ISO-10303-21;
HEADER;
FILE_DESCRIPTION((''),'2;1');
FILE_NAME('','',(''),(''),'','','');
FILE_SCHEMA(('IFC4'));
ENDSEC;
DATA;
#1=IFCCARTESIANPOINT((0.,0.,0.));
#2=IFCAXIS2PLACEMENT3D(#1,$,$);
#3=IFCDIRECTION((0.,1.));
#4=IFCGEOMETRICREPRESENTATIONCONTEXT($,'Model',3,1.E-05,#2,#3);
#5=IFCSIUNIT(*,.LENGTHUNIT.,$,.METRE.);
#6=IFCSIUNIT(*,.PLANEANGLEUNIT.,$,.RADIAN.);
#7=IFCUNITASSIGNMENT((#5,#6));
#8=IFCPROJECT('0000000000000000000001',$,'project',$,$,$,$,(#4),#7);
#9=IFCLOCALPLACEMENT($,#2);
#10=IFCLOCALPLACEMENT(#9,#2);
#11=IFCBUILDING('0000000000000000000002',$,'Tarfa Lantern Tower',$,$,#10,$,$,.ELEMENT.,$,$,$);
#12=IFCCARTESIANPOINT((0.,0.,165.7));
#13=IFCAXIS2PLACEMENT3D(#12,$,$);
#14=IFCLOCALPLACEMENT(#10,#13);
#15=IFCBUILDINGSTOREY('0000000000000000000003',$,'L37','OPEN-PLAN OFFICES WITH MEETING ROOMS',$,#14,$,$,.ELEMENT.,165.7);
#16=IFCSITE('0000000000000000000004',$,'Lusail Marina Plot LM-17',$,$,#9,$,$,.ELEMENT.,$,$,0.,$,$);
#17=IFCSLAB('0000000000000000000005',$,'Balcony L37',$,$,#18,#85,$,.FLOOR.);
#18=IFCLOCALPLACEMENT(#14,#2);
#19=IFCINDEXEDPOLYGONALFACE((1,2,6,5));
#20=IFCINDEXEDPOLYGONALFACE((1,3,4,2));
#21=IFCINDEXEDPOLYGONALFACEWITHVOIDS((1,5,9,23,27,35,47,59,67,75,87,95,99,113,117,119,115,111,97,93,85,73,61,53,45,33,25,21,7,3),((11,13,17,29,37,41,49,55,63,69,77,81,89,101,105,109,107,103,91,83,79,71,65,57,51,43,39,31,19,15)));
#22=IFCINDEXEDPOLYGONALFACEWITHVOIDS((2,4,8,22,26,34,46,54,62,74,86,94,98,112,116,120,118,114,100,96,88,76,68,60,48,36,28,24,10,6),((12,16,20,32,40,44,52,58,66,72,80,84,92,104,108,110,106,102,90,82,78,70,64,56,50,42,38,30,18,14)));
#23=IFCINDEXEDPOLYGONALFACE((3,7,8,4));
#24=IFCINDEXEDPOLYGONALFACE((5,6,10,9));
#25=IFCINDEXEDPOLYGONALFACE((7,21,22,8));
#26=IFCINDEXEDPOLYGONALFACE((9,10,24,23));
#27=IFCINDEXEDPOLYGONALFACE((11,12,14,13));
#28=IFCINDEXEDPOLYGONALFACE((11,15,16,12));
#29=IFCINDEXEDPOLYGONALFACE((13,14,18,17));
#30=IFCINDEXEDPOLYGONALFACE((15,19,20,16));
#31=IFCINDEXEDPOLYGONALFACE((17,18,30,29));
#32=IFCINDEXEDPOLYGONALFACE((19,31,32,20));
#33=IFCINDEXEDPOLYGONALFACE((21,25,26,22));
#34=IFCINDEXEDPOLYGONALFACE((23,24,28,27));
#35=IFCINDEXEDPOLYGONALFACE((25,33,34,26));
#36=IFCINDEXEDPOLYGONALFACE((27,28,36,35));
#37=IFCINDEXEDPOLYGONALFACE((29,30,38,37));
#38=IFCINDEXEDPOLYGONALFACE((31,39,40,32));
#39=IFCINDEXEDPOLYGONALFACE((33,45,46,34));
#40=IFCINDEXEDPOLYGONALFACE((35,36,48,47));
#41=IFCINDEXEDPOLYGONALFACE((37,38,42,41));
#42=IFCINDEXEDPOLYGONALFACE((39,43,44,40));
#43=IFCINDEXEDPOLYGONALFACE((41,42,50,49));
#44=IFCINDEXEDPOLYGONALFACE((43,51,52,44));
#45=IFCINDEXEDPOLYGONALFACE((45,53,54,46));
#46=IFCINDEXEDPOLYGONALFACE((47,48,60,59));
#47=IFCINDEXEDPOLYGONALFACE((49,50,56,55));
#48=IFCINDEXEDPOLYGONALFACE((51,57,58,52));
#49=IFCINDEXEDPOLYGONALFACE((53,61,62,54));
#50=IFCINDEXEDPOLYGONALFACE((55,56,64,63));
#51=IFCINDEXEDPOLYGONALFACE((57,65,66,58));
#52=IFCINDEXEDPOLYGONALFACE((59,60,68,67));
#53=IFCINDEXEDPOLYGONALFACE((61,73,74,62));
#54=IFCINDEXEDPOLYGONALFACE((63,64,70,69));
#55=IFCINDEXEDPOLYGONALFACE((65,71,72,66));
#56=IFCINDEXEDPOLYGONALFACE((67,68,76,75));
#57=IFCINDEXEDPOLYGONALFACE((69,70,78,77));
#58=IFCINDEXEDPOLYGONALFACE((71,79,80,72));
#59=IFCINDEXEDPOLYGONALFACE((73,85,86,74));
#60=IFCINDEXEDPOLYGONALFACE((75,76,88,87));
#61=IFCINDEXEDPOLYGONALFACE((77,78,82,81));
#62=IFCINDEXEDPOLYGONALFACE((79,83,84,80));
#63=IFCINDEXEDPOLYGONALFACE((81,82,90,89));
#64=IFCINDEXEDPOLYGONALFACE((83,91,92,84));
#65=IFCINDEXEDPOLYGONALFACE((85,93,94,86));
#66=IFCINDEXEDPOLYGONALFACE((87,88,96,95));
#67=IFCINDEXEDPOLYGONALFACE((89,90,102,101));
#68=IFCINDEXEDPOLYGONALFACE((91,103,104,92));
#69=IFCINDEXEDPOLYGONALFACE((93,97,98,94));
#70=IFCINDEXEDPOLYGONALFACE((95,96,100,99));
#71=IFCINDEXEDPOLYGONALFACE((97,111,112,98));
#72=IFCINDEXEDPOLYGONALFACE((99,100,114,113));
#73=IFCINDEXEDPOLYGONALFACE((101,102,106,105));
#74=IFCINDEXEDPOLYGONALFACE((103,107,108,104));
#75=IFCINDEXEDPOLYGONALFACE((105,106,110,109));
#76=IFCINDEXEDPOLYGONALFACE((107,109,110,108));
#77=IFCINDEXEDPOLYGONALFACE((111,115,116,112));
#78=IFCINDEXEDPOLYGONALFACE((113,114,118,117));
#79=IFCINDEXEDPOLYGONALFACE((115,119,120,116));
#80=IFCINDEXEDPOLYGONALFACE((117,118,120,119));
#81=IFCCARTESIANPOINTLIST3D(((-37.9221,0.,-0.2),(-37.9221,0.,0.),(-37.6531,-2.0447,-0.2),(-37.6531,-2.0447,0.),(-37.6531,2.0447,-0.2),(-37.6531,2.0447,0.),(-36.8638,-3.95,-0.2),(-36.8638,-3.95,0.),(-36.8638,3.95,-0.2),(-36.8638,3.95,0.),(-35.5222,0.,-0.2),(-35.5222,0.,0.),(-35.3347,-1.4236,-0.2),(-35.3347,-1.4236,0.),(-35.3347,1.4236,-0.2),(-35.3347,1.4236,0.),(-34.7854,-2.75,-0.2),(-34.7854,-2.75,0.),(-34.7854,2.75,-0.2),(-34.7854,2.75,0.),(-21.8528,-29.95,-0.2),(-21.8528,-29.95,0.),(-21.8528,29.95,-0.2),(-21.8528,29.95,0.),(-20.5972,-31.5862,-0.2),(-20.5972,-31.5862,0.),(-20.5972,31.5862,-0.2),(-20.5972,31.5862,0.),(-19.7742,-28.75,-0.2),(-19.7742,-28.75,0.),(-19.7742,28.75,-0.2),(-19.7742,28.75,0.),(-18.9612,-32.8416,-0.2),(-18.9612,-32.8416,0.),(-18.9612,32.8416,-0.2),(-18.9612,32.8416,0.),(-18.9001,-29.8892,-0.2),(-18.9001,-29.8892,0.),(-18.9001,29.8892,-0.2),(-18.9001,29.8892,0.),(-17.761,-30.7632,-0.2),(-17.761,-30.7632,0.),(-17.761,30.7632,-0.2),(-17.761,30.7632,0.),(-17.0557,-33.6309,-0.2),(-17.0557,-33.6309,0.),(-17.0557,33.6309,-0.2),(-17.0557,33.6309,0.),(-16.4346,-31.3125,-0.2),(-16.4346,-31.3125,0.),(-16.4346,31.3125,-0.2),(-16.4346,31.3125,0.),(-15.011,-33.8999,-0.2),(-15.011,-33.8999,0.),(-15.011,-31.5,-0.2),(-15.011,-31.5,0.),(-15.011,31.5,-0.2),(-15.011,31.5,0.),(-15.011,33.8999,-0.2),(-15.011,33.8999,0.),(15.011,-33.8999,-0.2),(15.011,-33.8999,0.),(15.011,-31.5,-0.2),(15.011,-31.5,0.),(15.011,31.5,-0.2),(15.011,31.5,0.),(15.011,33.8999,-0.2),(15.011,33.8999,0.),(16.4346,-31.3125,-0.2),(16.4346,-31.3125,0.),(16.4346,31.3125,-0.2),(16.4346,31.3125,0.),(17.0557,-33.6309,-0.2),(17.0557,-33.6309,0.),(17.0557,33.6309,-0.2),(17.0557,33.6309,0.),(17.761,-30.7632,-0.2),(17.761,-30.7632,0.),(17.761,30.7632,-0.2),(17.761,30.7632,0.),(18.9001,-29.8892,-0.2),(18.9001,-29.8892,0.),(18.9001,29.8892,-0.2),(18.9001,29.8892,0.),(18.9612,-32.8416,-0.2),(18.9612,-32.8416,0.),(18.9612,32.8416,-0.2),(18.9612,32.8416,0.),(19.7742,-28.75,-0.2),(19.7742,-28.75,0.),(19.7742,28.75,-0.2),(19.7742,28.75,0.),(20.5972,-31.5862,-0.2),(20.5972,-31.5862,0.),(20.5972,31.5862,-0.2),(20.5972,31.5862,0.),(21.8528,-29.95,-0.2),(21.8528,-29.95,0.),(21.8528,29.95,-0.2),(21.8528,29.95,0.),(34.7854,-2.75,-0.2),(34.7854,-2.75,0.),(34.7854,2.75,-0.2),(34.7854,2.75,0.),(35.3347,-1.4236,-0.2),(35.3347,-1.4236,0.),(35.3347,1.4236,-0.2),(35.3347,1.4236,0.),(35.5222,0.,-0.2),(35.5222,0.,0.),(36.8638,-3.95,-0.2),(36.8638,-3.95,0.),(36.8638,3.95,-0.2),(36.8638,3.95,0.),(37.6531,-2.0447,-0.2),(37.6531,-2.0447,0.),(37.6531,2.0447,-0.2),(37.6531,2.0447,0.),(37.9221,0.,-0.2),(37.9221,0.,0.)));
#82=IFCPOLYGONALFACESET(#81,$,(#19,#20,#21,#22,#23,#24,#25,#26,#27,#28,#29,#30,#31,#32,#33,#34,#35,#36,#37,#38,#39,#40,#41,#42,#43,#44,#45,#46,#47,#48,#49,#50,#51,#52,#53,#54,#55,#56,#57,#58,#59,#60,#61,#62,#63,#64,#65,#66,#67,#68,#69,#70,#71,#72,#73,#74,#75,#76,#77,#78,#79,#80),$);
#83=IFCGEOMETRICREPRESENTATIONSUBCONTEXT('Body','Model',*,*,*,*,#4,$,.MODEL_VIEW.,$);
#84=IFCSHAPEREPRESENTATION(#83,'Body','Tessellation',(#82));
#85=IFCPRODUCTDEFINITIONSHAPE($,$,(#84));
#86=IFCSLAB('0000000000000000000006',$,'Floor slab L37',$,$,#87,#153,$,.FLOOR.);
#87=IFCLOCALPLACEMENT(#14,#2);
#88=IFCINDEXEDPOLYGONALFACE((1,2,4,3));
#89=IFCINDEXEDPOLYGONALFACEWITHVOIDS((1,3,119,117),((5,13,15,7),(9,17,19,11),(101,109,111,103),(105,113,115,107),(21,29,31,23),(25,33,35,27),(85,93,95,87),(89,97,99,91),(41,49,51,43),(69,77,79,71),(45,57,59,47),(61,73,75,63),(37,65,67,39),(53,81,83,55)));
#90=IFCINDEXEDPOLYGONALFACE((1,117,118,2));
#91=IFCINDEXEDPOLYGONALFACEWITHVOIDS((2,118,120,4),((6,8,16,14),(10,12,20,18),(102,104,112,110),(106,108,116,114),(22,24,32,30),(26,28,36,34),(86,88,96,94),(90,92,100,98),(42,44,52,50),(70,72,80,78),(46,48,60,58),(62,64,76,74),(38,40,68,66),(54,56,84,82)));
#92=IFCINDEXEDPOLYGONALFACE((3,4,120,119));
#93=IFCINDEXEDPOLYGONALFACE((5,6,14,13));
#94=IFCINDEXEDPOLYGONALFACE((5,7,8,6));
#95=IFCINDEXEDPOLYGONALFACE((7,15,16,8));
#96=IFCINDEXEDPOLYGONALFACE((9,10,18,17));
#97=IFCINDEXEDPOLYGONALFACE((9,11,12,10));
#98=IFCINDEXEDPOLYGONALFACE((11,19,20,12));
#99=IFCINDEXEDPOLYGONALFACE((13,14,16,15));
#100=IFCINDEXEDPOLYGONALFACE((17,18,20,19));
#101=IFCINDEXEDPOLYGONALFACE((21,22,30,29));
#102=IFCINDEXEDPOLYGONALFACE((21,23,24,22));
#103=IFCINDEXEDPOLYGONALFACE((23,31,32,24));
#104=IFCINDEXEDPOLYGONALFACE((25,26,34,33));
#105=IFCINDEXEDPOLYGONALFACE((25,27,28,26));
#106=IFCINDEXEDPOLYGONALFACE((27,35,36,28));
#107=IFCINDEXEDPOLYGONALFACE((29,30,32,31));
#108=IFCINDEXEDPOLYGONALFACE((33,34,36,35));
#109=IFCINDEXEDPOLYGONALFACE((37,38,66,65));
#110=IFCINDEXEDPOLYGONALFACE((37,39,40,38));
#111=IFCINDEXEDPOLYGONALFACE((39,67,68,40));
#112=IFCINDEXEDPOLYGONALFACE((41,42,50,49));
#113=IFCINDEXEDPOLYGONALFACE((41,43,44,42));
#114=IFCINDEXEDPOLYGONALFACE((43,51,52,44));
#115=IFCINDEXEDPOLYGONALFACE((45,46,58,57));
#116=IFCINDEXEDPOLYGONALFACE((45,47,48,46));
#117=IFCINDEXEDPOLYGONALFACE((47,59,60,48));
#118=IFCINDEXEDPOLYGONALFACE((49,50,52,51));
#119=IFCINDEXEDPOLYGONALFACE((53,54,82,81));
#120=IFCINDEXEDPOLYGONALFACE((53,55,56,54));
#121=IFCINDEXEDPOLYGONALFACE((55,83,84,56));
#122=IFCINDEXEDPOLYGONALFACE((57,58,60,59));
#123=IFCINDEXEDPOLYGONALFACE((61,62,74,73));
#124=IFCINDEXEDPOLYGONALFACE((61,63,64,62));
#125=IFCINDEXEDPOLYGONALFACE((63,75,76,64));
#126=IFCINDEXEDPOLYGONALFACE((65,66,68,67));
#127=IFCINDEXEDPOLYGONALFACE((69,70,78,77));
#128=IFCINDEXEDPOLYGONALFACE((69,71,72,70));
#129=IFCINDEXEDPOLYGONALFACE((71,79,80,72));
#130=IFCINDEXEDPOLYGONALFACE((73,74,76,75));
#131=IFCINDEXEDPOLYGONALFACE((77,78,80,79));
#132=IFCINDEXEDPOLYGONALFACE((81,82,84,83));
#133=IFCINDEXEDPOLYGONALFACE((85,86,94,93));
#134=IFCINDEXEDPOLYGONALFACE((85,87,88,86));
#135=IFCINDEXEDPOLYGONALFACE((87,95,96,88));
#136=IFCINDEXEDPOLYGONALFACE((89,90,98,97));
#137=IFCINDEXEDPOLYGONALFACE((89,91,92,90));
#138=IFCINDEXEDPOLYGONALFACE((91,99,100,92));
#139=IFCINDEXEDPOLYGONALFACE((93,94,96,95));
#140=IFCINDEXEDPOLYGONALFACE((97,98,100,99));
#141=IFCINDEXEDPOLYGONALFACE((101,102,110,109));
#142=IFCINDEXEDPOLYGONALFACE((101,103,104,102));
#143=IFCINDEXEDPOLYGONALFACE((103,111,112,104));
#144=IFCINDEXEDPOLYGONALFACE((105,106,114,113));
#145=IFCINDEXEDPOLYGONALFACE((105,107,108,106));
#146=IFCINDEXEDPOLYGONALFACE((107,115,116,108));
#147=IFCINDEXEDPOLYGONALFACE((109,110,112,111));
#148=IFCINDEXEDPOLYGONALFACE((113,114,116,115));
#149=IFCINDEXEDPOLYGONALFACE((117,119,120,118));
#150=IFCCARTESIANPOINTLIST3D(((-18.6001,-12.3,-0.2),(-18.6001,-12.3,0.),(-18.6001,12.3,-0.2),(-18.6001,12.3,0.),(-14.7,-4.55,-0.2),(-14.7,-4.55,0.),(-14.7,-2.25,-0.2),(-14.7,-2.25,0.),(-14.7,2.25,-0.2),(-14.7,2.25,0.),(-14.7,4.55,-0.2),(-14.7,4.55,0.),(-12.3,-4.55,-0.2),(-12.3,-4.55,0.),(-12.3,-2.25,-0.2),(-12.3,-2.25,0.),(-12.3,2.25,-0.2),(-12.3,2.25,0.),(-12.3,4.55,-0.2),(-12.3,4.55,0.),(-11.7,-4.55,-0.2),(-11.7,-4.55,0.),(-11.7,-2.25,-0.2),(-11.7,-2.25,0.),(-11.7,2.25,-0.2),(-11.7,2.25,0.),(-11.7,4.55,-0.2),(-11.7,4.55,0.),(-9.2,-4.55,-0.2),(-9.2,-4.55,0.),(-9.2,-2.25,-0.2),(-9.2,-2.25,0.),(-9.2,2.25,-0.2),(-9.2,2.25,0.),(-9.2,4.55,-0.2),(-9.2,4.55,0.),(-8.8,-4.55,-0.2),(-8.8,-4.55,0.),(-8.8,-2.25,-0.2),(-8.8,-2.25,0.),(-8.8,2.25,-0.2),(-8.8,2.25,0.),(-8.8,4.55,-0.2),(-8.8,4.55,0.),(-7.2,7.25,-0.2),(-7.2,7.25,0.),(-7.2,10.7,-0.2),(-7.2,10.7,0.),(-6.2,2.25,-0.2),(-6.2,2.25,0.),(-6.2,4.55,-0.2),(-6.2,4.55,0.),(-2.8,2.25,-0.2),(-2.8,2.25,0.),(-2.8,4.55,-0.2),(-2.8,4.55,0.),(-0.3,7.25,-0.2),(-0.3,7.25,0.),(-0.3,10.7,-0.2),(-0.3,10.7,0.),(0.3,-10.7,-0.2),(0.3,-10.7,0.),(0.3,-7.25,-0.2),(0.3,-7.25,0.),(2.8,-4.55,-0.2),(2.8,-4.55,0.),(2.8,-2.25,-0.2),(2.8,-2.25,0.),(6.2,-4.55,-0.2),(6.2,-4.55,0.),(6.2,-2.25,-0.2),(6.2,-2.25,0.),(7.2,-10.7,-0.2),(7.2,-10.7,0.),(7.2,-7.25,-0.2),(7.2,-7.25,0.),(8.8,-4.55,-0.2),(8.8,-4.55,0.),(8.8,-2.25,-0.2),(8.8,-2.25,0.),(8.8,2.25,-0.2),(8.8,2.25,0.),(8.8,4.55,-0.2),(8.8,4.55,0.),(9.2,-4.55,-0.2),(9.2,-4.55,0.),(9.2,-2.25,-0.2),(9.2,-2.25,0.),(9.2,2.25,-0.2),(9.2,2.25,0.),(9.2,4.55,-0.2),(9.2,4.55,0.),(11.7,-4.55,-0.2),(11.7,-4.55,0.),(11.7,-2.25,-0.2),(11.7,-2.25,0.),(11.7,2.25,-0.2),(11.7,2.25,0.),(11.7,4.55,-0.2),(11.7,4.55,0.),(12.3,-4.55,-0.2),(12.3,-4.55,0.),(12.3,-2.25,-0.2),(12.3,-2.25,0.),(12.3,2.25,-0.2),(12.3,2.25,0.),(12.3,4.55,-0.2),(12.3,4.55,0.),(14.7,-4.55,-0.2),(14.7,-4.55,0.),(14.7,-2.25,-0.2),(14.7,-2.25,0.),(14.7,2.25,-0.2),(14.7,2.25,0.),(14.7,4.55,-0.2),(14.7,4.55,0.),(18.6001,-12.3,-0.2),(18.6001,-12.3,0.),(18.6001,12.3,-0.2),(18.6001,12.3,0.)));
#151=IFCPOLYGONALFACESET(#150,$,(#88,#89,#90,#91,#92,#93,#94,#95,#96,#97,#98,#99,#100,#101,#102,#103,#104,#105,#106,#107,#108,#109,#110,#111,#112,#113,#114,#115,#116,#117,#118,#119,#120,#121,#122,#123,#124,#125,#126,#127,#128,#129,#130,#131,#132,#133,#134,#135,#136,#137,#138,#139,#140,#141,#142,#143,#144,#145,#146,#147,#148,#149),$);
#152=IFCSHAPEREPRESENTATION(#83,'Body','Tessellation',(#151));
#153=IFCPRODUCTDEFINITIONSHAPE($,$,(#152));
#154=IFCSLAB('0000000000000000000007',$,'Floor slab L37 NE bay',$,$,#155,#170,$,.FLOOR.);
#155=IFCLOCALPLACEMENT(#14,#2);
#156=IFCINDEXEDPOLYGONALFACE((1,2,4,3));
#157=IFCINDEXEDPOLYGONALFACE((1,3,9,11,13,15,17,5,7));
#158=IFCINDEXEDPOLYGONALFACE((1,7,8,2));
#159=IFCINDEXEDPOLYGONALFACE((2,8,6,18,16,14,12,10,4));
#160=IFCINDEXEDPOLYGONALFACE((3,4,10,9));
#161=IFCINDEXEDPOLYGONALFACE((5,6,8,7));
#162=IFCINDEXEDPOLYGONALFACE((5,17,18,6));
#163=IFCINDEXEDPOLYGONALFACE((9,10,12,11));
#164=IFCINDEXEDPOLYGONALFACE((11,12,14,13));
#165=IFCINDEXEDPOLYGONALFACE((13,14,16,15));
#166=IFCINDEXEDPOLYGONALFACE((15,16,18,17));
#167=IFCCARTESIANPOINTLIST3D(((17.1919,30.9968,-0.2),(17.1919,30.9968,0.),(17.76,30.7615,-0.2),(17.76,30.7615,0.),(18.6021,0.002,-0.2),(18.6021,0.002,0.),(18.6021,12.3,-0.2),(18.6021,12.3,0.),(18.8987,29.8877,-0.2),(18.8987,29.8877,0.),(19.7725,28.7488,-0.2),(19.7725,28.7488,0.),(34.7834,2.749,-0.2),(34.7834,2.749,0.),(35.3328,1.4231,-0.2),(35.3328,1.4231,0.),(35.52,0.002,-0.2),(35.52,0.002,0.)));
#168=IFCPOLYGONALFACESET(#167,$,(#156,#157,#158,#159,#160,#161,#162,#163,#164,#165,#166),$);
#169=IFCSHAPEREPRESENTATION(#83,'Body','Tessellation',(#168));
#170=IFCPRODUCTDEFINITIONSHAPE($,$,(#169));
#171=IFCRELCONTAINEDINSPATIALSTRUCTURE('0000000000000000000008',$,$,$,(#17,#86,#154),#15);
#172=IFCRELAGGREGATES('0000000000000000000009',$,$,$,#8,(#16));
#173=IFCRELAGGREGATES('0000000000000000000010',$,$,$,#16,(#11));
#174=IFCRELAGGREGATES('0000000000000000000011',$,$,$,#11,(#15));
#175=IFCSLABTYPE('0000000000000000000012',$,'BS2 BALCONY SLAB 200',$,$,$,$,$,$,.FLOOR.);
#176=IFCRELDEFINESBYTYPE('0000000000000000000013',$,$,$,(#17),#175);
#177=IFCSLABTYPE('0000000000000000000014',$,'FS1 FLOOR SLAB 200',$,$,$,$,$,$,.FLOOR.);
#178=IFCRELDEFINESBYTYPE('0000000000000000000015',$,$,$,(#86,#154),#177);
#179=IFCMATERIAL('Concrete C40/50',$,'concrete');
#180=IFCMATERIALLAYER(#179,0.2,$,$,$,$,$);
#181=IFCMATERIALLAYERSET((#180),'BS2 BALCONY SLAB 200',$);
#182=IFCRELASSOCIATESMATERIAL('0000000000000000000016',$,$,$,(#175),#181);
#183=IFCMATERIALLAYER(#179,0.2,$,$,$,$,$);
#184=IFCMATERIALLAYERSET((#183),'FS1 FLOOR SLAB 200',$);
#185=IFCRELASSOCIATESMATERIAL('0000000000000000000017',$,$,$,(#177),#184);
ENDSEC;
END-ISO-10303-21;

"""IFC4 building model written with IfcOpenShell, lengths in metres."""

from ifc_helpers import new_model, si_unit, direction, frame, origin, place, context, subcontext, project, spatial, polyline, outline, extrude, material, layer, layer_set, type_object, element, save


model = new_model("IFC4")

# Units and contexts
model_context = context("Model", 3, precision=1e-05, world=origin(), true_north=direction((0.0, 1.0)))
body_context = subcontext(model_context, "Body", "Model", "MODEL_VIEW")
ifc_project = project(units=[si_unit("LENGTHUNIT", "METRE"), si_unit("PLANEANGLEUNIT", "RADIAN")], contexts=[model_context])

# Site, building, storey
site_placement = place(None, origin())
site = spatial("IfcSite", under=ifc_project, at=site_placement, Name="Lusail Marina Plot LM-17", CompositionType="ELEMENT", RefElevation=0.0)
building_placement = place(site_placement, origin())
building = spatial("IfcBuilding", under=site, at=building_placement, Name="Tarfa Lantern Tower", CompositionType="ELEMENT")
storey_placement = place(building_placement, frame((0.0, 0.0, 165.7)))
storey = spatial("IfcBuildingStorey", under=building, at=storey_placement, Name="L37", Description="OPEN-PLAN OFFICES WITH MEETING ROOMS", CompositionType="ELEMENT", Elevation=165.7)

# Slabs
ifc_material_1 = material(Name="Concrete C40/50", Category="concrete")
ifc_layer_1 = layer(ifc_material_1, 0.2)
ifc_layer_set_1 = layer_set([ifc_layer_1], Name="BS2 BALCONY SLAB 200")
slab_type_1 = type_object("IfcSlabType", Name="BS2 BALCONY SLAB 200", PredefinedType="FLOOR", material=ifc_layer_set_1)
slab_1_placement = place(storey_placement, frame((0.0, 0.0, -0.2)))
element("IfcSlab", 1, at=slab_1_placement, inside=storey, type_object=slab_type_1, Name="Balcony L37", PredefinedType="FLOOR", context=body_context, shape_type="SweptSolid", body=[
    extrude(outline(polyline([(36.8638, 3.95), (21.8528, 29.95), (20.5972, 31.5862), (18.9612, 32.8416), (17.0557, 33.6309), (15.011, 33.8999), (-15.011, 33.8999), (-17.0557, 33.6309), (-18.9612, 32.8416), (-20.5972, 31.5862), (-21.8528, 29.95), (-36.8638, 3.95), (-37.6531, 2.0447), (-37.9221, 0.0), (-37.6531, -2.0447), (-36.8638, -3.95), (-21.8528, -29.95), (-20.5972, -31.5862), (-18.9612, -32.8416), (-17.0557, -33.6309), (-15.011, -33.8999), (15.011, -33.8999), (17.0557, -33.6309), (18.9612, -32.8416), (20.5972, -31.5862), (21.8528, -29.95), (36.8638, -3.95), (37.6531, -2.0447), (37.9221, 0.0), (37.6531, 2.0447), (36.8638, 3.95)]), holes=[polyline([(34.7854, 2.75), (19.7742, 28.75), (18.9001, 29.8892), (17.761, 30.7632), (16.4346, 31.3125), (15.011, 31.5), (-15.011, 31.5), (-16.4346, 31.3125), (-17.761, 30.7632), (-18.9001, 29.8892), (-19.7742, 28.75), (-34.7854, 2.75), (-35.3347, 1.4236), (-35.5222, 0.0), (-35.3347, -1.4236), (-34.7854, -2.75), (-19.7742, -28.75), (-18.9001, -29.8892), (-17.761, -30.7632), (-16.4346, -31.3125), (-15.011, -31.5), (15.011, -31.5), (16.4346, -31.3125), (17.761, -30.7632), (18.9001, -29.8892), (19.7742, -28.75), (34.7854, -2.75), (35.3347, -1.4236), (35.5222, 0.0), (35.3347, 1.4236), (34.7854, 2.75)])]), origin(), (0.0, 0.0, 1.0), 0.2),
])
ifc_layer_2 = layer(ifc_material_1, 0.2)
ifc_layer_set_2 = layer_set([ifc_layer_2], Name="FS1 FLOOR SLAB 200")
slab_type_2 = type_object("IfcSlabType", Name="FS1 FLOOR SLAB 200", PredefinedType="FLOOR", material=ifc_layer_set_2)
slab_2_placement = place(storey_placement, frame((0.0, 0.0, -0.2)))
element("IfcSlab", 2, at=slab_2_placement, inside=storey, type_object=slab_type_2, Name="Floor slab L37", PredefinedType="FLOOR", context=body_context, shape_type="SweptSolid", body=[
    extrude(outline(polyline([(-18.6001, -12.3), (18.6001, -12.3), (18.6001, 12.3), (-18.6001, 12.3), (-18.6001, -12.3)]), holes=[polyline([(-14.7, 2.25), (-12.3, 2.25), (-12.3, 4.55), (-14.7, 4.55), (-14.7, 2.25)]), polyline([(-11.7, 2.25), (-9.2, 2.25), (-9.2, 4.55), (-11.7, 4.55), (-11.7, 2.25)]), polyline([(-8.8, 2.25), (-6.2, 2.25), (-6.2, 4.55), (-8.8, 4.55), (-8.8, 2.25)]), polyline([(-2.8, 2.25), (8.8, 2.25), (8.8, 4.55), (-2.8, 4.55), (-2.8, 2.25)]), polyline([(9.2, 2.25), (11.7, 2.25), (11.7, 4.55), (9.2, 4.55), (9.2, 2.25)]), polyline([(12.3, 2.25), (14.7, 2.25), (14.7, 4.55), (12.3, 4.55), (12.3, 2.25)]), polyline([(14.7, -2.25), (12.3, -2.25), (12.3, -4.55), (14.7, -4.55), (14.7, -2.25)]), polyline([(11.7, -2.25), (9.2, -2.25), (9.2, -4.55), (11.7, -4.55), (11.7, -2.25)]), polyline([(8.8, -2.25), (6.2, -2.25), (6.2, -4.55), (8.8, -4.55), (8.8, -2.25)]), polyline([(2.8, -2.25), (-8.8, -2.25), (-8.8, -4.55), (2.8, -4.55), (2.8, -2.25)]), polyline([(-9.2, -2.25), (-11.7, -2.25), (-11.7, -4.55), (-9.2, -4.55), (-9.2, -2.25)]), polyline([(-12.3, -2.25), (-14.7, -2.25), (-14.7, -4.55), (-12.3, -4.55), (-12.3, -2.25)]), polyline([(-7.2, 7.25), (-0.3, 7.25), (-0.3, 10.7), (-7.2, 10.7), (-7.2, 7.25)]), polyline([(7.2, -7.25), (0.3, -7.25), (0.3, -10.7), (7.2, -10.7), (7.2, -7.25)])]), origin(), (0.0, 0.0, 1.0), 0.2),
])
slab_3_placement = place(storey_placement, frame((0.0, 0.0, -0.2)))
element("IfcSlab", 3, at=slab_3_placement, inside=storey, type_object=slab_type_2, Name="Floor slab L37 NE bay", PredefinedType="FLOOR", context=body_context, shape_type="SweptSolid", body=[
    extrude(outline(polyline([(34.7834, 2.749), (19.7725, 28.7488), (18.8987, 29.8877), (17.76, 30.7615), (17.1919, 30.9968), (18.6021, 12.3), (18.6021, 0.002), (35.52, 0.002), (35.3328, 1.4231), (34.7834, 2.749)])), origin(), (0.0, 0.0, 1.0), 0.2),
])

save(model, "model.ifc")
